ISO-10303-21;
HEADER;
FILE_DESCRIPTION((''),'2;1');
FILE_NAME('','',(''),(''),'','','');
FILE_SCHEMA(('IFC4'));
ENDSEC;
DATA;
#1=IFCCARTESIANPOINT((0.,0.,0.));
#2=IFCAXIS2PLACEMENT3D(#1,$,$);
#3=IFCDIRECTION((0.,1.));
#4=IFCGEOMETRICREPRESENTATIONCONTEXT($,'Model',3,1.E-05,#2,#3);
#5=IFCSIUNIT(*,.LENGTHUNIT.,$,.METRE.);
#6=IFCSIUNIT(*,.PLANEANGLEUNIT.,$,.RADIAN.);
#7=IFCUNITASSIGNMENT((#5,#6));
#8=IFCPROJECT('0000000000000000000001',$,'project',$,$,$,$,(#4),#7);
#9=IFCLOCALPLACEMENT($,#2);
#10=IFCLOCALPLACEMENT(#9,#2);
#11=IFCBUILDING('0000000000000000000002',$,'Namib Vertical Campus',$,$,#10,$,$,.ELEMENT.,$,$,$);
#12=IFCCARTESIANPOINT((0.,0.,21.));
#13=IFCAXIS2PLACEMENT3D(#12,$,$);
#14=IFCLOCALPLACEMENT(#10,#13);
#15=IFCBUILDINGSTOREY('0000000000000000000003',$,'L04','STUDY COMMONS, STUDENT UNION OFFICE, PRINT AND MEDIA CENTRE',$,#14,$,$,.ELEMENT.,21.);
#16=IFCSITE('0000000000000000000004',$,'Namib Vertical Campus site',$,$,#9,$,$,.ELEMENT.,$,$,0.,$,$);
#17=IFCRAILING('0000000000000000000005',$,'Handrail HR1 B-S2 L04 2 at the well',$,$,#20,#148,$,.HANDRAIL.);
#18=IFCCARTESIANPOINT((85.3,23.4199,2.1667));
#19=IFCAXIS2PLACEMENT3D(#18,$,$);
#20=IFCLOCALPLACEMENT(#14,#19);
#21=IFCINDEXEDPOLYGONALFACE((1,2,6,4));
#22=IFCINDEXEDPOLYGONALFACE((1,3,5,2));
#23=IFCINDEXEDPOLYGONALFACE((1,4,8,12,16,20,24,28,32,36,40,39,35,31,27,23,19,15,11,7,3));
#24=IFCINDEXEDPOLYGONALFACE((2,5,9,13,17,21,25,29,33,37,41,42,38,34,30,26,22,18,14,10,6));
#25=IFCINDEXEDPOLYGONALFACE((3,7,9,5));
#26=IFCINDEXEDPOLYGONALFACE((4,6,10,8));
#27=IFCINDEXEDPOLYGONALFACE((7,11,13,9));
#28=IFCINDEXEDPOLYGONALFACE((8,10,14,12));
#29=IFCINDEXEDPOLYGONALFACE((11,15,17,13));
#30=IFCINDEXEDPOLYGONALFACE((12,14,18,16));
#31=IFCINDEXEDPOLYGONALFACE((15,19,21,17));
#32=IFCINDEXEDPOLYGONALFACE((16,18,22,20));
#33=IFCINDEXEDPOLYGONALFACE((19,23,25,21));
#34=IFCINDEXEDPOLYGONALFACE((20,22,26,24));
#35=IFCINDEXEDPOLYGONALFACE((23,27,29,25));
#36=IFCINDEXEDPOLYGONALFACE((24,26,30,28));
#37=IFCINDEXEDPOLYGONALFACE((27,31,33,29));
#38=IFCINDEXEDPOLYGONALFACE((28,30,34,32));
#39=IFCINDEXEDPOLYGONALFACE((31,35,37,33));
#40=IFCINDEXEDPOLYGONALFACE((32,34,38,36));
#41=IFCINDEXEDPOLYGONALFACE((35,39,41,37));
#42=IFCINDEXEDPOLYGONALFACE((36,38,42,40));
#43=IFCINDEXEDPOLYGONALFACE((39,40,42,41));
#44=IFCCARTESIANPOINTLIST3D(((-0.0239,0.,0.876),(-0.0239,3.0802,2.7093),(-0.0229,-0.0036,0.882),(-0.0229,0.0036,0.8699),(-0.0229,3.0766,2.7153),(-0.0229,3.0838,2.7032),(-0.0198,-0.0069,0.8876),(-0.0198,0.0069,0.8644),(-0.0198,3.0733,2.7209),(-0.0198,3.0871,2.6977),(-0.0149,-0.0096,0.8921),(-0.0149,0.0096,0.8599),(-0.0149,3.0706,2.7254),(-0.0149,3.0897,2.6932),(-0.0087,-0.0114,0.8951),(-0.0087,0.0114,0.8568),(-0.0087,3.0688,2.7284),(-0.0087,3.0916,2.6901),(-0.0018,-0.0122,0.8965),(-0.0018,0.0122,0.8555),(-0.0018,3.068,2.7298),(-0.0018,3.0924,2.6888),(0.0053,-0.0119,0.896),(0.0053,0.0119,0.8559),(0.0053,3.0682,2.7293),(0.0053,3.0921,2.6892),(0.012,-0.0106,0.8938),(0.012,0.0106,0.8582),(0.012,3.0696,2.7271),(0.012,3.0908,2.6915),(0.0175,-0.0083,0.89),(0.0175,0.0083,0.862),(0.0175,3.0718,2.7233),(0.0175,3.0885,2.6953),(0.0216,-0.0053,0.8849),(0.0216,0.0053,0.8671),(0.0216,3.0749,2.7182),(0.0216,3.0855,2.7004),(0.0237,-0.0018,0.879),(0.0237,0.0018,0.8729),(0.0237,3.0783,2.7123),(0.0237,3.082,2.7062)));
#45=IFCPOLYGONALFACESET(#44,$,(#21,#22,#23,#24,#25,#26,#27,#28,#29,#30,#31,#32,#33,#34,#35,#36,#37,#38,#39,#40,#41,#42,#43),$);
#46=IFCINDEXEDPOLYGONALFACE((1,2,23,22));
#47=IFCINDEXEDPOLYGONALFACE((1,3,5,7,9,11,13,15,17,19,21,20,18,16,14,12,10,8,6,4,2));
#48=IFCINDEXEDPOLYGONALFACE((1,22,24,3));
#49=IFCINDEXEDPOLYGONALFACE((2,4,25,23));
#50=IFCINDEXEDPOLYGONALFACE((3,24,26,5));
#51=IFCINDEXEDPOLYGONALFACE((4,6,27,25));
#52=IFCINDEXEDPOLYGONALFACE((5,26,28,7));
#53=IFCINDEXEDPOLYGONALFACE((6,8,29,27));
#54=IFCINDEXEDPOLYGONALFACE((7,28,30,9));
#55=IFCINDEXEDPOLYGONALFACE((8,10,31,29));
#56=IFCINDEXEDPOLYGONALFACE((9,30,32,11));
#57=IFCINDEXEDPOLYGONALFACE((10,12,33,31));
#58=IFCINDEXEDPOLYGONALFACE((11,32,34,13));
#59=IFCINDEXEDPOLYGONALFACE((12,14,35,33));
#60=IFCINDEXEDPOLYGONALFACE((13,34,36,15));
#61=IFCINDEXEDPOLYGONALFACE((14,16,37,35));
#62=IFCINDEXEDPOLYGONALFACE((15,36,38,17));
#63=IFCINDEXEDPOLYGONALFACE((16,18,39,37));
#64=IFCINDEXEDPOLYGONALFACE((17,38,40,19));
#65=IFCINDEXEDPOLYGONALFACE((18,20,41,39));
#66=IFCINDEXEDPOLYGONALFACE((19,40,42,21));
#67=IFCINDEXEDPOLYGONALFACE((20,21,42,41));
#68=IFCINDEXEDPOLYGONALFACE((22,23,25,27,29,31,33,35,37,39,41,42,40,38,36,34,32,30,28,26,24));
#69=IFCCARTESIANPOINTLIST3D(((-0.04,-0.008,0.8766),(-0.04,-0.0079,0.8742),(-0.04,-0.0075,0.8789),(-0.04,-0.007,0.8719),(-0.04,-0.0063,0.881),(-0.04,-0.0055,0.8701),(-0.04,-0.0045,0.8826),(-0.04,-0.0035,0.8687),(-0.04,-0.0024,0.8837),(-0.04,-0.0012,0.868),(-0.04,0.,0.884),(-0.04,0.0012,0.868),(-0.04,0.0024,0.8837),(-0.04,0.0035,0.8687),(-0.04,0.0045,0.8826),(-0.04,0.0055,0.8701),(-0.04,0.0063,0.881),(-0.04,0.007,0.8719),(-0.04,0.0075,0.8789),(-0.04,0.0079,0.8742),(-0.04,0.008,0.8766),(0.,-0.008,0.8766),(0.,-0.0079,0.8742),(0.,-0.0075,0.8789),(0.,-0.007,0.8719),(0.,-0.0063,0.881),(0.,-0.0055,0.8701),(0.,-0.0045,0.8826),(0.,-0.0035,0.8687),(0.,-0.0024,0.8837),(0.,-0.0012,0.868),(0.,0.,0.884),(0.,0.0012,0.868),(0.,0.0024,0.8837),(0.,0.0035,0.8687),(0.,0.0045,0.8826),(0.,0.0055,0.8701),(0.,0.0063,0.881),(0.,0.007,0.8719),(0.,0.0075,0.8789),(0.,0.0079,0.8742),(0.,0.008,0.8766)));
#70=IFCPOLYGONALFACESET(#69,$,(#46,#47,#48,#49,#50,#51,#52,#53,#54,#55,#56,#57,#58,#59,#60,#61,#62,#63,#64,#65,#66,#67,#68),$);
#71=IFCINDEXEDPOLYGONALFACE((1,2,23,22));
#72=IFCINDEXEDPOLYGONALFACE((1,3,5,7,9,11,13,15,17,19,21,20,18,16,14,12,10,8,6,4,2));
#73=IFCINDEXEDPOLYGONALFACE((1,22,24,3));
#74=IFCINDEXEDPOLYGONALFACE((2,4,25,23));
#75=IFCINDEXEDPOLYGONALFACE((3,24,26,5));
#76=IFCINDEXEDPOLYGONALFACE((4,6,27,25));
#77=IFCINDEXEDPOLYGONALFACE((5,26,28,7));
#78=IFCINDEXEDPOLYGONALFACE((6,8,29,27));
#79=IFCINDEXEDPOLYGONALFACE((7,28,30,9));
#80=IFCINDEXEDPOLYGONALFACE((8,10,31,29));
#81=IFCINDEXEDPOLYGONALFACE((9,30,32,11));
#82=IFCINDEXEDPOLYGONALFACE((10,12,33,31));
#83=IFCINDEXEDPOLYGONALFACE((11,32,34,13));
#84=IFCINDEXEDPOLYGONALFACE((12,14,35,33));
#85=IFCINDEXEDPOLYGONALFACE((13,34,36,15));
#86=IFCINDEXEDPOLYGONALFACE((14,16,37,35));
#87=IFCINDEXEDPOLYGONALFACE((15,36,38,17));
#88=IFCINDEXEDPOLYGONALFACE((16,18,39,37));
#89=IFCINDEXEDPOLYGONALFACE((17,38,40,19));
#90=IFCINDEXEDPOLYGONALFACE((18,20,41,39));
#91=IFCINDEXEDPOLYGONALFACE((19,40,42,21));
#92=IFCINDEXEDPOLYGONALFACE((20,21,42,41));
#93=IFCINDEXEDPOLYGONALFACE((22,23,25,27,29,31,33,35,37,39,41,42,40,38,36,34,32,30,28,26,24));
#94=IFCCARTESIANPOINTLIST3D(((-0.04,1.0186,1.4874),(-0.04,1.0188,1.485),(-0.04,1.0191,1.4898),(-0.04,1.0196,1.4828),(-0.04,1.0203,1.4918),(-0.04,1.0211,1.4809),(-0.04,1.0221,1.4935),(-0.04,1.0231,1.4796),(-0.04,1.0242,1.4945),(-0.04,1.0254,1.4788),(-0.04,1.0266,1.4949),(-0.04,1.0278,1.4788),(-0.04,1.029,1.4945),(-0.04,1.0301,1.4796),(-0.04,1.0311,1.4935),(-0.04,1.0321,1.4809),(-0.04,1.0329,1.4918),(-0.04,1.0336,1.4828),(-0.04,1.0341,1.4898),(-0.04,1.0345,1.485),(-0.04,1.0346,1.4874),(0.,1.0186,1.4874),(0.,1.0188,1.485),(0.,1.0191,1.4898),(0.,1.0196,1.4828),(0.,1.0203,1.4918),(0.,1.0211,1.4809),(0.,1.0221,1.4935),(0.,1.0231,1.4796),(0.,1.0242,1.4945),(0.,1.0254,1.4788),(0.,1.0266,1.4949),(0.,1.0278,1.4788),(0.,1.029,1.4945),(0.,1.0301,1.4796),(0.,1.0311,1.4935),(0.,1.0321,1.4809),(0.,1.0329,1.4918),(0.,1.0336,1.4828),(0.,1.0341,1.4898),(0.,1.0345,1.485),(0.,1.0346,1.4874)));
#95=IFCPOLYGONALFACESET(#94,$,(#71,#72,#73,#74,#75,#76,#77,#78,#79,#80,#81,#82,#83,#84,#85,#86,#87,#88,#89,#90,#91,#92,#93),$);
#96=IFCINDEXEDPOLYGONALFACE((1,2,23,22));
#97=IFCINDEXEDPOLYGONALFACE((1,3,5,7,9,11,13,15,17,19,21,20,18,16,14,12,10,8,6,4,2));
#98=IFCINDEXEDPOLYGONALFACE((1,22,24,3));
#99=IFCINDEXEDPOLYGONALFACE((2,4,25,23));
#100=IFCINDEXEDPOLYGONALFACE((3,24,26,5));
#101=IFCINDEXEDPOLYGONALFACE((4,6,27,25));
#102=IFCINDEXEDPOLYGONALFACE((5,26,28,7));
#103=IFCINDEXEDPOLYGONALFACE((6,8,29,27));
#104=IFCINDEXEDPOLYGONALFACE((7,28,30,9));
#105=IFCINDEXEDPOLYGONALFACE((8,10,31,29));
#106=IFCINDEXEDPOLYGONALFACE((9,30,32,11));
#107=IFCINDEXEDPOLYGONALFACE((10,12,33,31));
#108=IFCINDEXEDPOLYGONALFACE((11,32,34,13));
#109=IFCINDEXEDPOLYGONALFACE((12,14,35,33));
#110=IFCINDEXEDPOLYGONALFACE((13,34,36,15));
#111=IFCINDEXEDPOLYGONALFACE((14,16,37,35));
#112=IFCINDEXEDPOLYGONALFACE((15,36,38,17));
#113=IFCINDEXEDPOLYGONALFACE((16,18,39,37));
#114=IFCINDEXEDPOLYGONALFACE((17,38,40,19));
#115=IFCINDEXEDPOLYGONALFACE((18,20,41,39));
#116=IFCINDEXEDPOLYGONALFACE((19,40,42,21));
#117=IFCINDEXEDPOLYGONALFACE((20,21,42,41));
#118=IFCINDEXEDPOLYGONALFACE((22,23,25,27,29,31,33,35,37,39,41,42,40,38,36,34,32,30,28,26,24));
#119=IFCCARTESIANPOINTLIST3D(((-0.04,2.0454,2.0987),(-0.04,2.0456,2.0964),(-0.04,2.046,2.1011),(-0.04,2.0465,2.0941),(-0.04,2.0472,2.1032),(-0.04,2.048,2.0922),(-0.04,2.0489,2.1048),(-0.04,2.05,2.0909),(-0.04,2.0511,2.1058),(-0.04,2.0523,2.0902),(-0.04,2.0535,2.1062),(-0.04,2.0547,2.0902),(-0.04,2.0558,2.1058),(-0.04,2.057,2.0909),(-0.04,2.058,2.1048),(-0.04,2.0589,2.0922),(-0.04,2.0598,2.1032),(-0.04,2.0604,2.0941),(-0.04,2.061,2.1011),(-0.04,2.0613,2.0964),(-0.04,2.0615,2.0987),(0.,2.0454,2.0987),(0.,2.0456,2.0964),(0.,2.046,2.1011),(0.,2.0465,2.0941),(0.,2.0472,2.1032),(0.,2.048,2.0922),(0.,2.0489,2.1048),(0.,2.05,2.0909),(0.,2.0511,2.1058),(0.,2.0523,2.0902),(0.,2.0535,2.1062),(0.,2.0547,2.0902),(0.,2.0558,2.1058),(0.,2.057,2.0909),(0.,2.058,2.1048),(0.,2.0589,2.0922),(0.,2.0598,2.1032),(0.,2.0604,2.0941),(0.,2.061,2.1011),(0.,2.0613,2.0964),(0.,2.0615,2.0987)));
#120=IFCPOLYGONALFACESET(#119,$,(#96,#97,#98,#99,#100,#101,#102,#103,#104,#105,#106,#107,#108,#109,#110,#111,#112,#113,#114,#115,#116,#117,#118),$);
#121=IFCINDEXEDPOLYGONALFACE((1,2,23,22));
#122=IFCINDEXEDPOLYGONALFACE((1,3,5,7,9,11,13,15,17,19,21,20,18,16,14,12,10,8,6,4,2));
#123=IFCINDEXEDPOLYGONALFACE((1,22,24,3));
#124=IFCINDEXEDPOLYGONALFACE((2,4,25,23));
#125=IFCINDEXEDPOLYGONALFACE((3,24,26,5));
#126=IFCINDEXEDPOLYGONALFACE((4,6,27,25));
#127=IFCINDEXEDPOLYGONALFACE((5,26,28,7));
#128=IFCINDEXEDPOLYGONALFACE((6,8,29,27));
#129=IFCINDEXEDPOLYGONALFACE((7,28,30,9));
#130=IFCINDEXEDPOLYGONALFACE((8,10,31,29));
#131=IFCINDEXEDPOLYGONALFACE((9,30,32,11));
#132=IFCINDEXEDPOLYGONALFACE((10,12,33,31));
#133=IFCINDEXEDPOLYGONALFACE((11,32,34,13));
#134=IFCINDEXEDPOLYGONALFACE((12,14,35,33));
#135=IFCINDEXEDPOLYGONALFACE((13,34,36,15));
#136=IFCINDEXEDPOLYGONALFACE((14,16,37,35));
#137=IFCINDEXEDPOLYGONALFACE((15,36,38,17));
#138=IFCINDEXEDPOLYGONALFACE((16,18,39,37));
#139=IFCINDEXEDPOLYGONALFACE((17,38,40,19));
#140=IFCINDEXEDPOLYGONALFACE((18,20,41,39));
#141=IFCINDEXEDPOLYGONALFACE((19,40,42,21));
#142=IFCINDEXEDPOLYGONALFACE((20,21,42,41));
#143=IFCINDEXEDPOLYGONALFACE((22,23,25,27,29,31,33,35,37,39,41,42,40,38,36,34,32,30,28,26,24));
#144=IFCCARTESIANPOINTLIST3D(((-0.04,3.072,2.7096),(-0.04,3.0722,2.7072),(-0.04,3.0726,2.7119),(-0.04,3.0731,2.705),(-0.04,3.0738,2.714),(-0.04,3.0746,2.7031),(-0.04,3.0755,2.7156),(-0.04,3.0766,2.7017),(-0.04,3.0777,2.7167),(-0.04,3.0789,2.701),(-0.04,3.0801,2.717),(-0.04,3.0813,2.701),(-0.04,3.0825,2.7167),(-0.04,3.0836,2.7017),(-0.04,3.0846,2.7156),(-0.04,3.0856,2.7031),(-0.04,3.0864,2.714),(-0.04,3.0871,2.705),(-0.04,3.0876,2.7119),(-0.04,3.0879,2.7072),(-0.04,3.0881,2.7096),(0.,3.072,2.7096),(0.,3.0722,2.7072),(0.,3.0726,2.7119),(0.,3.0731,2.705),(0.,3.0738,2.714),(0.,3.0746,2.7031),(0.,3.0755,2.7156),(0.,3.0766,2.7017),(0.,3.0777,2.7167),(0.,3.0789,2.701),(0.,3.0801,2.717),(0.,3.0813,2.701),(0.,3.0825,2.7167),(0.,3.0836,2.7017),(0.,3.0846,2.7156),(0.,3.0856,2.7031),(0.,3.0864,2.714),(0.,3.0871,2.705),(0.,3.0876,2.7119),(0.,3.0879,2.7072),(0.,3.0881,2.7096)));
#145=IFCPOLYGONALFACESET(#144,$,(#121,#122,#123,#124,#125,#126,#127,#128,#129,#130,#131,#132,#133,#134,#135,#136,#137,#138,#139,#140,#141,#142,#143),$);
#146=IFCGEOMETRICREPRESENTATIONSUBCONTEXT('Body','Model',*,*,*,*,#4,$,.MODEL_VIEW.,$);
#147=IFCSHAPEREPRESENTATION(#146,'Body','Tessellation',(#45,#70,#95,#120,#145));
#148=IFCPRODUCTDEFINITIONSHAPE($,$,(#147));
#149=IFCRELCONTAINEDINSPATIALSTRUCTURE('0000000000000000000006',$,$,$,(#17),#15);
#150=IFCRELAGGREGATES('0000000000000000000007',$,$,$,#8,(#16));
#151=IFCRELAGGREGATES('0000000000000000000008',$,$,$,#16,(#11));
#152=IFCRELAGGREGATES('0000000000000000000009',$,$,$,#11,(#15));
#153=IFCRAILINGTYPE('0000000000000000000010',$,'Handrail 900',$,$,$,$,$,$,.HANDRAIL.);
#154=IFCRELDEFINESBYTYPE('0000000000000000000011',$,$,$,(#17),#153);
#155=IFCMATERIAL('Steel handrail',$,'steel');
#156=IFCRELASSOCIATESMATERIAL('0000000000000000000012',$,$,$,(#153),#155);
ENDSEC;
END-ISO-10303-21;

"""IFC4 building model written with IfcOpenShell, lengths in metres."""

from ifc_helpers import new_model, si_unit, direction, frame, origin, origin_2d, place, context, subcontext, project, spatial, circle, extrude, material, type_object, element, save


model = new_model("IFC4")

# Units and contexts
model_context = context("Model", 3, precision=1e-05, world=origin(), true_north=direction((0.0, 1.0)))
body_context = subcontext(model_context, "Body", "Model", "MODEL_VIEW")
ifc_project = project(units=[si_unit("LENGTHUNIT", "METRE"), si_unit("PLANEANGLEUNIT", "RADIAN")], contexts=[model_context])

# Site, building, storey
site_placement = place(None, origin())
site = spatial("IfcSite", under=ifc_project, at=site_placement, Name="Namib Vertical Campus site", CompositionType="ELEMENT", RefElevation=0.0)
building_placement = place(site_placement, origin())
building = spatial("IfcBuilding", under=site, at=building_placement, Name="Namib Vertical Campus", CompositionType="ELEMENT")
storey_placement = place(building_placement, frame((0.0, 0.0, 21.0)))
storey = spatial("IfcBuildingStorey", under=building, at=storey_placement, Name="L04", Description="STUDY COMMONS, STUDENT UNION OFFICE, PRINT AND MEDIA CENTRE", CompositionType="ELEMENT", Elevation=21.0)

# Railing
ifc_material_1 = material(Name="Steel handrail", Category="steel")
railing_type_1 = type_object("IfcRailingType", Name="Handrail 900", PredefinedType="HANDRAIL", material=ifc_material_1)
railing_1_placement = place(storey_placement, frame((85.3, 23.4199, 2.1667)))
element("IfcRailing", 1, at=railing_1_placement, inside=storey, type_object=railing_type_1, Name="Handrail HR1 B-S2 L04 2 at the well", PredefinedType="HANDRAIL", context=body_context, shape_type="SweptSolid", body=[
    extrude(circle(Radius=0.0239, at=origin_2d()), frame((0.0, 0.0, 0.876), z_axis=(0.0, 0.859309, 0.511458), x_axis=(-1.0, 0.0, 0.0)), (0.0, 0.0, 1.0), 3.5845),
    extrude(circle(Radius=0.0081, at=origin_2d()), frame((0.0, 0.0, 0.876), z_axis=(-1.0, 0.0, 0.0), x_axis=(0.0, 0.0, 1.0)), (0.0, 0.0, 1.0), 0.04),
    extrude(circle(Radius=0.0081, at=origin_2d()), frame((0.0, 1.0266, 1.4868), z_axis=(-1.0, 0.0, 0.0), x_axis=(0.0, 0.0, 1.0)), (0.0, 0.0, 1.0), 0.04),
    extrude(circle(Radius=0.0081, at=origin_2d()), frame((0.0, 2.0535, 2.0981), z_axis=(-1.0, 0.0, 0.0), x_axis=(0.0, 0.0, 1.0)), (0.0, 0.0, 1.0), 0.04),
    extrude(circle(Radius=0.0081, at=origin_2d()), frame((0.0, 3.0801, 2.709), z_axis=(-1.0, 0.0, 0.0), x_axis=(0.0, 0.0, 1.0)), (0.0, 0.0, 1.0), 0.04),
])

save(model, "model.ifc")
